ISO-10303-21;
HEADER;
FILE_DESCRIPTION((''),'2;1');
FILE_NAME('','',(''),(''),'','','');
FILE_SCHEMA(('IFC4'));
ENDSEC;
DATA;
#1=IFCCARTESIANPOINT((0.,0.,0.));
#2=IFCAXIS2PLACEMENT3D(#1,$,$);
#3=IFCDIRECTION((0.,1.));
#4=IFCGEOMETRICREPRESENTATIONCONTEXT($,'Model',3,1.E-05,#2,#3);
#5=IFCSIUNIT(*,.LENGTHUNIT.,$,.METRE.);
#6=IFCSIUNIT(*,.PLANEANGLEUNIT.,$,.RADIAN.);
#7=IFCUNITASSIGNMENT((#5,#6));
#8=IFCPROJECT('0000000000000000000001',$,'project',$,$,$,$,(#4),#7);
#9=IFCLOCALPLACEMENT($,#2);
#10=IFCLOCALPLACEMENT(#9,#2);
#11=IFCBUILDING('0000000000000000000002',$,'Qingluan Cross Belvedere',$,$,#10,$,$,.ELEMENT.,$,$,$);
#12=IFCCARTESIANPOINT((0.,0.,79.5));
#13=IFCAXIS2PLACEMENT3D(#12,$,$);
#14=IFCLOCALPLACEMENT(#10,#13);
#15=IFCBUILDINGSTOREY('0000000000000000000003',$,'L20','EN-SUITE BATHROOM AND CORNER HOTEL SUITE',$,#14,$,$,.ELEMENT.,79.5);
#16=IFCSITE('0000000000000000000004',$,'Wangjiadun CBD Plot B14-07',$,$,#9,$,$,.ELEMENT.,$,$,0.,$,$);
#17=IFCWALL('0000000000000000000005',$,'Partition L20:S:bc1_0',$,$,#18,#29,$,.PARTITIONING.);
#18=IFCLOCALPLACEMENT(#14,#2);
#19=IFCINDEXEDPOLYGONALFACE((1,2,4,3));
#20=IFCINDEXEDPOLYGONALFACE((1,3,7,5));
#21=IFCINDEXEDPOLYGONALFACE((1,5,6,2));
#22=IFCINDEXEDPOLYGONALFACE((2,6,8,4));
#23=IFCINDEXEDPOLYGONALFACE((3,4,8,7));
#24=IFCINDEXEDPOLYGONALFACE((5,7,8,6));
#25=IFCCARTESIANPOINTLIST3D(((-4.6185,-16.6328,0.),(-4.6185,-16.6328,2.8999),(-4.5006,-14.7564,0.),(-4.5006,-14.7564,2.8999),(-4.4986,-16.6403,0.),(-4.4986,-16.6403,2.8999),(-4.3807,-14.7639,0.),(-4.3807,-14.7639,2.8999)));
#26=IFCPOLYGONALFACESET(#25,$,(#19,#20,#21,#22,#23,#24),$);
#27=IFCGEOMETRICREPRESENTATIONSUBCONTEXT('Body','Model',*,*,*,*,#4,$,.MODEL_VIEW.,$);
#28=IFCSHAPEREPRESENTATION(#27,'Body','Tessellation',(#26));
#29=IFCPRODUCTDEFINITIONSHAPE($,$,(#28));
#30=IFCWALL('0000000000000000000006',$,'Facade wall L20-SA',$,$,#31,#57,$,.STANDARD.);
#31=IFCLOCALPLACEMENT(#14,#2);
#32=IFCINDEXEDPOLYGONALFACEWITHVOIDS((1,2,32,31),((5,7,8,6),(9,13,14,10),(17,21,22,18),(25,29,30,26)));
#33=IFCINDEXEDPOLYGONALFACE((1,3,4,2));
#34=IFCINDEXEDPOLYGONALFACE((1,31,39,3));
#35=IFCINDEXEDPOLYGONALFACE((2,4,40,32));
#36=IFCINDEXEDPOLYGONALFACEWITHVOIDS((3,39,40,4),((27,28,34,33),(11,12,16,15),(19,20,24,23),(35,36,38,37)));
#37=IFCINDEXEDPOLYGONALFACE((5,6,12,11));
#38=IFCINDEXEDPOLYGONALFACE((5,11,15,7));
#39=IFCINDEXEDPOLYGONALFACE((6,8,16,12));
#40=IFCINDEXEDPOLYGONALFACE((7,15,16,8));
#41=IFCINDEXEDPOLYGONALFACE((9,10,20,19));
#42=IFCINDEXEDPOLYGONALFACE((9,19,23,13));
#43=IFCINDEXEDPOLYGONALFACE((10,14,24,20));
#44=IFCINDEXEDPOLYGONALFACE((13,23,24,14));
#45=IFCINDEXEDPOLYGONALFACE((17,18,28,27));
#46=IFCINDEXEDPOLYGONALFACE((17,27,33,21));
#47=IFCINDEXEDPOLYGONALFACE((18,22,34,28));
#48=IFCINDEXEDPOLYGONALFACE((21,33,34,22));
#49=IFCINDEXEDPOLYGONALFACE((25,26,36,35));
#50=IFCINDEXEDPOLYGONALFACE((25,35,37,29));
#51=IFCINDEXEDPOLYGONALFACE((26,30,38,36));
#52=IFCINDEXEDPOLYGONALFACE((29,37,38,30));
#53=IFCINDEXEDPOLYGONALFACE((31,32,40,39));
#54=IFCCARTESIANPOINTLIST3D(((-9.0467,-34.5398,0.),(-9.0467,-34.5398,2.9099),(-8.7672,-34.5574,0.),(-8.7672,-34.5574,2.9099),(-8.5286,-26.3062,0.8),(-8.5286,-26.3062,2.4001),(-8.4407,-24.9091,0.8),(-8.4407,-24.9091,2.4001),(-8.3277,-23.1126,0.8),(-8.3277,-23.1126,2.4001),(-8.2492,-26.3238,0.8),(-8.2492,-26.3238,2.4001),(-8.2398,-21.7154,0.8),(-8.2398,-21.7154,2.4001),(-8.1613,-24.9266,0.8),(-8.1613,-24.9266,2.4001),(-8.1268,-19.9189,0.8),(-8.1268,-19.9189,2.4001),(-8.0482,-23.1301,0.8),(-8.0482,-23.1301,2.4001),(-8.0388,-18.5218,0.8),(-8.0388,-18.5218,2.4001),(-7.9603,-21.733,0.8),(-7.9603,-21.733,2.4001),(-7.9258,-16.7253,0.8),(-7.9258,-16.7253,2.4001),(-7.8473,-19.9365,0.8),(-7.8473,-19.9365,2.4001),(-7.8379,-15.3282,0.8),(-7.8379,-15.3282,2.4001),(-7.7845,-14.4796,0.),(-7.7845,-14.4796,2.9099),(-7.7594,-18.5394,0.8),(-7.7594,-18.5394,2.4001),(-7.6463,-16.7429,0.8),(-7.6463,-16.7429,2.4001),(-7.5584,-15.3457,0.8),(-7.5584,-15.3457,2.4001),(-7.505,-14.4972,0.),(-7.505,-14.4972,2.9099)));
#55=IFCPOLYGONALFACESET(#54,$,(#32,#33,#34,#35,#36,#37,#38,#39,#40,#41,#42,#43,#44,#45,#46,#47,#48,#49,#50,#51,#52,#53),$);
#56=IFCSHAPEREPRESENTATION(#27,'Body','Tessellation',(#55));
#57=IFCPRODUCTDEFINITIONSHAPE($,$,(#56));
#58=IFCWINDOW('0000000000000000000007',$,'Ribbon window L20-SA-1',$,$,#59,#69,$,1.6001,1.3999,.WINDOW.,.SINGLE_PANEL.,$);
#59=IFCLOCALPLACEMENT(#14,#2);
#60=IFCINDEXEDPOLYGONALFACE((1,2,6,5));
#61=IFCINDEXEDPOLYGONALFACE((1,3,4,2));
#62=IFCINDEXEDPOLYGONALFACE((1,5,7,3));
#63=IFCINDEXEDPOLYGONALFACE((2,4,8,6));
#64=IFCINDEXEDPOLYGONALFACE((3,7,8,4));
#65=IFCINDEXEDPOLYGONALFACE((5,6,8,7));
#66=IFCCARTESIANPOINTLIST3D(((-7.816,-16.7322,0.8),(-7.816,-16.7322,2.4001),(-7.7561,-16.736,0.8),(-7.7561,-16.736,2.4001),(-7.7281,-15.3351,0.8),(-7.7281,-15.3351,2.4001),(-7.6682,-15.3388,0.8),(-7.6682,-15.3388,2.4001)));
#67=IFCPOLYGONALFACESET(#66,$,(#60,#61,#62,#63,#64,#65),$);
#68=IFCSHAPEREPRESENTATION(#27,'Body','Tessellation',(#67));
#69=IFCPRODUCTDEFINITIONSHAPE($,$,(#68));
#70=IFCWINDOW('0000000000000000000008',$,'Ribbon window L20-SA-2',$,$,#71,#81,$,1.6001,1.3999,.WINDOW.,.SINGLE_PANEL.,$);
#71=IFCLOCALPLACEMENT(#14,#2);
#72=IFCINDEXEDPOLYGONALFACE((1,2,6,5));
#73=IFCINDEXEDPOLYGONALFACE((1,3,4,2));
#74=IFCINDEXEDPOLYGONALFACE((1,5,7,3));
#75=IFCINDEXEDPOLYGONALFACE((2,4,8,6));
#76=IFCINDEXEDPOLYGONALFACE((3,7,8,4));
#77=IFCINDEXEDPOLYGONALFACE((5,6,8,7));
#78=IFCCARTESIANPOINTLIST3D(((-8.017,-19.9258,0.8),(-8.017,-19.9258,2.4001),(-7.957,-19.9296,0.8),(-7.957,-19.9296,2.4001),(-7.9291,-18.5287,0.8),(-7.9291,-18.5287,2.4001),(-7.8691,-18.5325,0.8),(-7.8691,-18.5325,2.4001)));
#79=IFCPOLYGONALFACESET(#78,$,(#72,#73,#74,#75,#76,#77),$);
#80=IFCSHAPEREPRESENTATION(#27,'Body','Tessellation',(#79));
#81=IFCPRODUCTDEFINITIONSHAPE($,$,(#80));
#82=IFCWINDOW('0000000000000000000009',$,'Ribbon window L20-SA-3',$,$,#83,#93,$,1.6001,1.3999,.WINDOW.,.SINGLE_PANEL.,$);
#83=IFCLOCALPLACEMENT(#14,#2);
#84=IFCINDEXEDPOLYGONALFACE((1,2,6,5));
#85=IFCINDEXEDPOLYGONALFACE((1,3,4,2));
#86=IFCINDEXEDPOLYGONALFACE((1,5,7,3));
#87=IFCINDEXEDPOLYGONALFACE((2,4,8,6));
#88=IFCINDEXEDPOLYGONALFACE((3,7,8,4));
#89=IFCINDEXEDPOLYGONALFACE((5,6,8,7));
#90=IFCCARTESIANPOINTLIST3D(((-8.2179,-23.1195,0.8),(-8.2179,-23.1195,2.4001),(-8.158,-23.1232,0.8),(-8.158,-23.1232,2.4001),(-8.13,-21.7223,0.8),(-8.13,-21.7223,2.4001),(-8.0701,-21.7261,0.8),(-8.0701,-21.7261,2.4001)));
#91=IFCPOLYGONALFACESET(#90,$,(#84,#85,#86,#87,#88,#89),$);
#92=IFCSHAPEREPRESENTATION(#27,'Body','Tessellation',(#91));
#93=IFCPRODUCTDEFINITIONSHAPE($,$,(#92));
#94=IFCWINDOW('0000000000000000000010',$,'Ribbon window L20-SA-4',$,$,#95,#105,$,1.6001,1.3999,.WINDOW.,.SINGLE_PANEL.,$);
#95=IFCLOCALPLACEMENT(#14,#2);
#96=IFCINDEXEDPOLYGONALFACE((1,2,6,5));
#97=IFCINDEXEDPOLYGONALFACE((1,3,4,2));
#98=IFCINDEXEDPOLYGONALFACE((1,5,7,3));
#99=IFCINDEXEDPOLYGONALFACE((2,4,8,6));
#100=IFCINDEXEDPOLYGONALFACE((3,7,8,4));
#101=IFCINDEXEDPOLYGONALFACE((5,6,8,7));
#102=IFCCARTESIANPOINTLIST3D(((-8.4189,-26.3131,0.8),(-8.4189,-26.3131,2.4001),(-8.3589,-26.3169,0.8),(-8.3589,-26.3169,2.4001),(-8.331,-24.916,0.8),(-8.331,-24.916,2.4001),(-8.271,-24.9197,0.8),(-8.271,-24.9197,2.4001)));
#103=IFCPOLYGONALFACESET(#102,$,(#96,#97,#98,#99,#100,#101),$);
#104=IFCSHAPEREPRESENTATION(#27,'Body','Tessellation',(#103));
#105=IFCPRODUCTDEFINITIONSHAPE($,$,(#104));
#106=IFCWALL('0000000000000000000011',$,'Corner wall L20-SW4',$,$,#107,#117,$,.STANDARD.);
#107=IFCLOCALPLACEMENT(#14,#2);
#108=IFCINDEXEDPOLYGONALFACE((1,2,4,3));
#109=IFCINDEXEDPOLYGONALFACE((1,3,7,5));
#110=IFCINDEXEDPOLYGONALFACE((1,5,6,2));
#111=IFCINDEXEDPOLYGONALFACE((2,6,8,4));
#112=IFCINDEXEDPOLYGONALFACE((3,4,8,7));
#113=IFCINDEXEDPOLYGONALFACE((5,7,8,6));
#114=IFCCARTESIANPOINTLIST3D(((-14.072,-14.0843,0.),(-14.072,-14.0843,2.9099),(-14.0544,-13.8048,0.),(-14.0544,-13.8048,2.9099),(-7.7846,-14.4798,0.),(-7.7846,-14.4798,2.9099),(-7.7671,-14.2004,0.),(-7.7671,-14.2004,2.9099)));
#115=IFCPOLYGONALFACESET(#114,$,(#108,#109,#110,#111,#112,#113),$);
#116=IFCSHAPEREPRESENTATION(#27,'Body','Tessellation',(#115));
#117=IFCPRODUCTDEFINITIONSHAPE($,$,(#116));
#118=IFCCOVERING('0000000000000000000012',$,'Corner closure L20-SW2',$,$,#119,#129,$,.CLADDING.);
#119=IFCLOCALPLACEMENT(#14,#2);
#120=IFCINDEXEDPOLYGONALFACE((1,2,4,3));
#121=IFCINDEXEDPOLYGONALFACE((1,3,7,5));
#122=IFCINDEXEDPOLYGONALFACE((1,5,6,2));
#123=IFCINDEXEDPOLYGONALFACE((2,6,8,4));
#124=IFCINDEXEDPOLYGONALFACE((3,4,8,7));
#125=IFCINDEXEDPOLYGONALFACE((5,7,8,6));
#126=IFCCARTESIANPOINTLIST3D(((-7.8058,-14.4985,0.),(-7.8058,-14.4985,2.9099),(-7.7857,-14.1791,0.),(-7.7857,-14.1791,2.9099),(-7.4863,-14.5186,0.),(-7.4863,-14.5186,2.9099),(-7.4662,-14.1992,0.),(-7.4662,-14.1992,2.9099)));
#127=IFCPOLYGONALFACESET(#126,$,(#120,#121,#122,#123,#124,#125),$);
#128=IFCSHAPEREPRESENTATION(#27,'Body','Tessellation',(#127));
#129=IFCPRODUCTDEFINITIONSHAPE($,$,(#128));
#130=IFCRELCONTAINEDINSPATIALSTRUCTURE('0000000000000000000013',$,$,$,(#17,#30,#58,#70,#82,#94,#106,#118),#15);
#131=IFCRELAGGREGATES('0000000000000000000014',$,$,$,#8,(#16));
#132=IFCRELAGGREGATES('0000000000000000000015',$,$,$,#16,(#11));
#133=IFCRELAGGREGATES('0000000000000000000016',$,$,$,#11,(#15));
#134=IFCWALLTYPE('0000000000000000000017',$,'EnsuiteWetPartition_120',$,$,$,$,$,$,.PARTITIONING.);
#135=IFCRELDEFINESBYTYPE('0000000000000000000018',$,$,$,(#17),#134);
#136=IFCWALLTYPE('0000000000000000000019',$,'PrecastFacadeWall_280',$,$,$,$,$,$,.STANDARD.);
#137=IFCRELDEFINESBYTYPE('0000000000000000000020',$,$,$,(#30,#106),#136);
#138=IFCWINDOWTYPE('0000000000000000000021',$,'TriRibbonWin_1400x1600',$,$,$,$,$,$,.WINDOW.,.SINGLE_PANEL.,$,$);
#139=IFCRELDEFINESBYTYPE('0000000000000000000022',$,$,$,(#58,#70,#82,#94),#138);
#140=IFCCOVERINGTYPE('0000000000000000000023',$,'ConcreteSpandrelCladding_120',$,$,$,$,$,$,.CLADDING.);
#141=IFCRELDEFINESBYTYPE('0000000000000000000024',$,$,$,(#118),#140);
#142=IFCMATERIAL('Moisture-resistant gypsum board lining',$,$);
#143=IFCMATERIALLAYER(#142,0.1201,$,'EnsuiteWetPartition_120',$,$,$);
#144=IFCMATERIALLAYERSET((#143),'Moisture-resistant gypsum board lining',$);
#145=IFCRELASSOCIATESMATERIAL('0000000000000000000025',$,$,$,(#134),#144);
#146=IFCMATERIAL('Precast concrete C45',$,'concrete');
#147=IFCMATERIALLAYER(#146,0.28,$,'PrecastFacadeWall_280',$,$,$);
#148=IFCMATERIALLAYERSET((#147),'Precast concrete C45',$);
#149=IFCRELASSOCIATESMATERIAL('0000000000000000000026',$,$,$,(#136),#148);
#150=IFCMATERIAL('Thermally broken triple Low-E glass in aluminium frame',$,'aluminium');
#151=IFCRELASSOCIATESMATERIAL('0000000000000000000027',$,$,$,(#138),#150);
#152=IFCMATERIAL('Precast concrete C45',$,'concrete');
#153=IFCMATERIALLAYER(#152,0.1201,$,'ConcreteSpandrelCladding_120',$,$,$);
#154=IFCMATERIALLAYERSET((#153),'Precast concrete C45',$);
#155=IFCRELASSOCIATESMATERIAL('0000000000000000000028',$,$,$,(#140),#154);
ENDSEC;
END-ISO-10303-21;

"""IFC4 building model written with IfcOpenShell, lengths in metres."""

from ifc_helpers import new_model, si_unit, direction, frame, frame_2d, origin, origin_2d, place, context, subcontext, project, spatial, rectangle, extrude, material, layer, layer_set, type_object, element, fill, save


model = new_model("IFC4")

# Units and contexts
model_context = context("Model", 3, precision=1e-05, world=origin(), true_north=direction((0.0, 1.0)))
body_context = subcontext(model_context, "Body", "Model", "MODEL_VIEW")
ifc_project = project(units=[si_unit("LENGTHUNIT", "METRE"), si_unit("PLANEANGLEUNIT", "RADIAN")], contexts=[model_context])

# Site, building, storey
site_placement = place(None, origin())
site = spatial("IfcSite", under=ifc_project, at=site_placement, Name="Wangjiadun CBD Plot B14-07", CompositionType="ELEMENT", RefElevation=0.0)
building_placement = place(site_placement, origin())
building = spatial("IfcBuilding", under=site, at=building_placement, Name="Qingluan Cross Belvedere", CompositionType="ELEMENT")
storey_placement = place(building_placement, frame((0.0, 0.0, 79.5)))
storey = spatial("IfcBuildingStorey", under=building, at=storey_placement, Name="L20", Description="EN-SUITE BATHROOM AND CORNER HOTEL SUITE", CompositionType="ELEMENT", Elevation=79.5)

# Wall
ifc_material_1 = material(Name="Moisture-resistant gypsum board lining")
ifc_layer_1 = layer(ifc_material_1, 0.1201, Name="EnsuiteWetPartition_120")
ifc_layer_set_1 = layer_set([ifc_layer_1], Name="Moisture-resistant gypsum board lining")
wall_type_1 = type_object("IfcWallType", Name="EnsuiteWetPartition_120", PredefinedType="PARTITIONING", material=ifc_layer_set_1)
wall_1_placement = place(storey_placement, frame((-4.4407, -14.7603, 0.0), z_axis=(0.0, 0.0, 1.0), x_axis=(-0.062718, -0.998031, 0.0)))
element("IfcWall", 1, at=wall_1_placement, inside=storey, type_object=wall_type_1, Name="Partition L20:S:bc1_0", PredefinedType="PARTITIONING", context=body_context, shape_type="SweptSolid", body=[
    extrude(rectangle(XDim=1.8801, YDim=0.1201, at=frame_2d((0.9399, 0.0))), origin(), (0.0, 0.0, 1.0), 2.8999),
])

# Wall, openings, windows
ifc_material_2 = material(Name="Precast concrete C45", Category="concrete")
ifc_layer_2 = layer(ifc_material_2, 0.28, Name="PrecastFacadeWall_280")
ifc_layer_set_2 = layer_set([ifc_layer_2], Name="Precast concrete C45")
wall_type_2 = type_object("IfcWallType", Name="PrecastFacadeWall_280", PredefinedType="STANDARD", material=ifc_layer_set_2)
wall_2_placement = place(storey_placement, frame((-7.6448, -14.4885, 0.0), z_axis=(0.0, 0.0, 1.0), x_axis=(-0.062796, -0.998026, 0.0)))
wall_2 = element("IfcWall", 2, at=wall_2_placement, inside=storey, type_object=wall_type_2, Name="Facade wall L20-SA", PredefinedType="STANDARD", context=body_context, shape_type="SweptSolid", body=[
    extrude(rectangle(XDim=20.0999, YDim=0.28, at=frame_2d((10.0498, 0.0))), origin(), (0.0, 0.0, 1.0), 2.9099),
])
opening_1_placement = place(wall_2_placement, frame((0.8501, 0.0, 0.8)))
opening_1 = element("IfcOpeningElement", 3, at=opening_1_placement, cuts=wall_2, PredefinedType="OPENING", context=body_context, shape_type="SweptSolid", body=[
    extrude(rectangle(XDim=1.3999, YDim=1.6001, at=frame_2d((0.7, 0.8))), frame((0.0, 0.1499, 0.0), z_axis=(0.0, -1.0, 0.0), x_axis=(1.0, 0.0, 0.0)), (0.0, 0.0, 1.0), 0.3),
])
opening_2_placement = place(wall_2_placement, frame((4.05, 0.0, 0.8)))
opening_2 = element("IfcOpeningElement", 4, at=opening_2_placement, cuts=wall_2, PredefinedType="OPENING", context=body_context, shape_type="SweptSolid", body=[
    extrude(rectangle(XDim=1.3999, YDim=1.6001, at=frame_2d((0.7, 0.8))), frame((0.0, 0.1499, 0.0), z_axis=(0.0, -1.0, 0.0), x_axis=(1.0, 0.0, 0.0)), (0.0, 0.0, 1.0), 0.3),
])
opening_3_placement = place(wall_2_placement, frame((7.25, 0.0, 0.8)))
opening_3 = element("IfcOpeningElement", 5, at=opening_3_placement, cuts=wall_2, PredefinedType="OPENING", context=body_context, shape_type="SweptSolid", body=[
    extrude(rectangle(XDim=1.3999, YDim=1.6001, at=frame_2d((0.7, 0.8))), frame((0.0, 0.1499, 0.0), z_axis=(0.0, -1.0, 0.0), x_axis=(1.0, 0.0, 0.0)), (0.0, 0.0, 1.0), 0.3),
])
opening_4_placement = place(wall_2_placement, frame((10.45, 0.0, 0.8)))
opening_4 = element("IfcOpeningElement", 6, at=opening_4_placement, cuts=wall_2, PredefinedType="OPENING", context=body_context, shape_type="SweptSolid", body=[
    extrude(rectangle(XDim=1.3999, YDim=1.6001, at=frame_2d((0.7, 0.8))), frame((0.0, 0.1499, 0.0), z_axis=(0.0, -1.0, 0.0), x_axis=(1.0, 0.0, 0.0)), (0.0, 0.0, 1.0), 0.3),
])
ifc_material_3 = material(Name="Thermally broken triple Low-E glass in aluminium frame", Category="aluminium")
window_type = type_object("IfcWindowType", Name="TriRibbonWin_1400x1600", PartitioningType="SINGLE_PANEL", PredefinedType="WINDOW", material=ifc_material_3)
window_1_placement = place(opening_1_placement, origin())
window_1 = element("IfcWindow", 7, at=window_1_placement, inside=storey, type_object=window_type, Name="Ribbon window L20-SA-1", OverallHeight=1.6001, OverallWidth=1.3999, PartitioningType="SINGLE_PANEL", PredefinedType="WINDOW", context=body_context, shape_type="SweptSolid", body=[
    extrude(rectangle(XDim=1.3999, YDim=1.6001, at=frame_2d((0.7, 0.8))), frame((0.0, 0.03, 0.0), z_axis=(0.0, -1.0, 0.0), x_axis=(1.0, 0.0, 0.0)), (0.0, 0.0, 1.0), 0.0601),
])
fill(opening_1, window_1)
window_2_placement = place(opening_2_placement, origin())
window_2 = element("IfcWindow", 8, at=window_2_placement, inside=storey, type_object=window_type, Name="Ribbon window L20-SA-2", OverallHeight=1.6001, OverallWidth=1.3999, PartitioningType="SINGLE_PANEL", PredefinedType="WINDOW", context=body_context, shape_type="SweptSolid", body=[
    extrude(rectangle(XDim=1.3999, YDim=1.6001, at=frame_2d((0.7, 0.8))), frame((0.0, 0.03, 0.0), z_axis=(0.0, -1.0, 0.0), x_axis=(1.0, 0.0, 0.0)), (0.0, 0.0, 1.0), 0.0601),
])
fill(opening_2, window_2)
window_3_placement = place(opening_3_placement, origin())
window_3 = element("IfcWindow", 9, at=window_3_placement, inside=storey, type_object=window_type, Name="Ribbon window L20-SA-3", OverallHeight=1.6001, OverallWidth=1.3999, PartitioningType="SINGLE_PANEL", PredefinedType="WINDOW", context=body_context, shape_type="SweptSolid", body=[
    extrude(rectangle(XDim=1.3999, YDim=1.6001, at=frame_2d((0.7, 0.8))), frame((0.0, 0.03, 0.0), z_axis=(0.0, -1.0, 0.0), x_axis=(1.0, 0.0, 0.0)), (0.0, 0.0, 1.0), 0.0601),
])
fill(opening_3, window_3)
window_4_placement = place(opening_4_placement, origin())
window_4 = element("IfcWindow", 10, at=window_4_placement, inside=storey, type_object=window_type, Name="Ribbon window L20-SA-4", OverallHeight=1.6001, OverallWidth=1.3999, PartitioningType="SINGLE_PANEL", PredefinedType="WINDOW", context=body_context, shape_type="SweptSolid", body=[
    extrude(rectangle(XDim=1.3999, YDim=1.6001, at=frame_2d((0.7, 0.8))), frame((0.0, 0.03, 0.0), z_axis=(0.0, -1.0, 0.0), x_axis=(1.0, 0.0, 0.0)), (0.0, 0.0, 1.0), 0.0601),
])
fill(opening_4, window_4)

# Wall
wall_3_placement = place(storey_placement, frame((-14.0632, -13.9446, 0.0), z_axis=(0.0, 0.0, 1.0), x_axis=(0.998027, -0.062781, 0.0)))
element("IfcWall", 11, at=wall_3_placement, inside=storey, type_object=wall_type_2, Name="Corner wall L20-SW4", PredefinedType="STANDARD", context=body_context, shape_type="SweptSolid", body=[
    extrude(rectangle(XDim=6.2998, YDim=0.28, at=frame_2d((3.1499, 0.0))), origin(), (0.0, 0.0, 1.0), 2.9099),
])

# Covering
ifc_material_4 = material(Name="Precast concrete C45", Category="concrete")
ifc_layer_3 = layer(ifc_material_4, 0.1201, Name="ConcreteSpandrelCladding_120")
ifc_layer_set_3 = layer_set([ifc_layer_3], Name="Precast concrete C45")
covering_type = type_object("IfcCoveringType", Name="ConcreteSpandrelCladding_120", PredefinedType="CLADDING", material=ifc_layer_set_3)
covering_placement = place(storey_placement, frame((-7.636, -14.3489, 0.0), z_axis=(0.0, 0.0, 1.0), x_axis=(0.998027, -0.062791, 0.0)))
element("IfcCovering", 12, at=covering_placement, inside=storey, type_object=covering_type, Name="Corner closure L20-SW2", PredefinedType="CLADDING", context=body_context, shape_type="SweptSolid", body=[
    extrude(rectangle(XDim=0.3201, YDim=0.3201, at=origin_2d()), origin(), (0.0, 0.0, 1.0), 2.9099),
])

save(model, "model.ifc")
